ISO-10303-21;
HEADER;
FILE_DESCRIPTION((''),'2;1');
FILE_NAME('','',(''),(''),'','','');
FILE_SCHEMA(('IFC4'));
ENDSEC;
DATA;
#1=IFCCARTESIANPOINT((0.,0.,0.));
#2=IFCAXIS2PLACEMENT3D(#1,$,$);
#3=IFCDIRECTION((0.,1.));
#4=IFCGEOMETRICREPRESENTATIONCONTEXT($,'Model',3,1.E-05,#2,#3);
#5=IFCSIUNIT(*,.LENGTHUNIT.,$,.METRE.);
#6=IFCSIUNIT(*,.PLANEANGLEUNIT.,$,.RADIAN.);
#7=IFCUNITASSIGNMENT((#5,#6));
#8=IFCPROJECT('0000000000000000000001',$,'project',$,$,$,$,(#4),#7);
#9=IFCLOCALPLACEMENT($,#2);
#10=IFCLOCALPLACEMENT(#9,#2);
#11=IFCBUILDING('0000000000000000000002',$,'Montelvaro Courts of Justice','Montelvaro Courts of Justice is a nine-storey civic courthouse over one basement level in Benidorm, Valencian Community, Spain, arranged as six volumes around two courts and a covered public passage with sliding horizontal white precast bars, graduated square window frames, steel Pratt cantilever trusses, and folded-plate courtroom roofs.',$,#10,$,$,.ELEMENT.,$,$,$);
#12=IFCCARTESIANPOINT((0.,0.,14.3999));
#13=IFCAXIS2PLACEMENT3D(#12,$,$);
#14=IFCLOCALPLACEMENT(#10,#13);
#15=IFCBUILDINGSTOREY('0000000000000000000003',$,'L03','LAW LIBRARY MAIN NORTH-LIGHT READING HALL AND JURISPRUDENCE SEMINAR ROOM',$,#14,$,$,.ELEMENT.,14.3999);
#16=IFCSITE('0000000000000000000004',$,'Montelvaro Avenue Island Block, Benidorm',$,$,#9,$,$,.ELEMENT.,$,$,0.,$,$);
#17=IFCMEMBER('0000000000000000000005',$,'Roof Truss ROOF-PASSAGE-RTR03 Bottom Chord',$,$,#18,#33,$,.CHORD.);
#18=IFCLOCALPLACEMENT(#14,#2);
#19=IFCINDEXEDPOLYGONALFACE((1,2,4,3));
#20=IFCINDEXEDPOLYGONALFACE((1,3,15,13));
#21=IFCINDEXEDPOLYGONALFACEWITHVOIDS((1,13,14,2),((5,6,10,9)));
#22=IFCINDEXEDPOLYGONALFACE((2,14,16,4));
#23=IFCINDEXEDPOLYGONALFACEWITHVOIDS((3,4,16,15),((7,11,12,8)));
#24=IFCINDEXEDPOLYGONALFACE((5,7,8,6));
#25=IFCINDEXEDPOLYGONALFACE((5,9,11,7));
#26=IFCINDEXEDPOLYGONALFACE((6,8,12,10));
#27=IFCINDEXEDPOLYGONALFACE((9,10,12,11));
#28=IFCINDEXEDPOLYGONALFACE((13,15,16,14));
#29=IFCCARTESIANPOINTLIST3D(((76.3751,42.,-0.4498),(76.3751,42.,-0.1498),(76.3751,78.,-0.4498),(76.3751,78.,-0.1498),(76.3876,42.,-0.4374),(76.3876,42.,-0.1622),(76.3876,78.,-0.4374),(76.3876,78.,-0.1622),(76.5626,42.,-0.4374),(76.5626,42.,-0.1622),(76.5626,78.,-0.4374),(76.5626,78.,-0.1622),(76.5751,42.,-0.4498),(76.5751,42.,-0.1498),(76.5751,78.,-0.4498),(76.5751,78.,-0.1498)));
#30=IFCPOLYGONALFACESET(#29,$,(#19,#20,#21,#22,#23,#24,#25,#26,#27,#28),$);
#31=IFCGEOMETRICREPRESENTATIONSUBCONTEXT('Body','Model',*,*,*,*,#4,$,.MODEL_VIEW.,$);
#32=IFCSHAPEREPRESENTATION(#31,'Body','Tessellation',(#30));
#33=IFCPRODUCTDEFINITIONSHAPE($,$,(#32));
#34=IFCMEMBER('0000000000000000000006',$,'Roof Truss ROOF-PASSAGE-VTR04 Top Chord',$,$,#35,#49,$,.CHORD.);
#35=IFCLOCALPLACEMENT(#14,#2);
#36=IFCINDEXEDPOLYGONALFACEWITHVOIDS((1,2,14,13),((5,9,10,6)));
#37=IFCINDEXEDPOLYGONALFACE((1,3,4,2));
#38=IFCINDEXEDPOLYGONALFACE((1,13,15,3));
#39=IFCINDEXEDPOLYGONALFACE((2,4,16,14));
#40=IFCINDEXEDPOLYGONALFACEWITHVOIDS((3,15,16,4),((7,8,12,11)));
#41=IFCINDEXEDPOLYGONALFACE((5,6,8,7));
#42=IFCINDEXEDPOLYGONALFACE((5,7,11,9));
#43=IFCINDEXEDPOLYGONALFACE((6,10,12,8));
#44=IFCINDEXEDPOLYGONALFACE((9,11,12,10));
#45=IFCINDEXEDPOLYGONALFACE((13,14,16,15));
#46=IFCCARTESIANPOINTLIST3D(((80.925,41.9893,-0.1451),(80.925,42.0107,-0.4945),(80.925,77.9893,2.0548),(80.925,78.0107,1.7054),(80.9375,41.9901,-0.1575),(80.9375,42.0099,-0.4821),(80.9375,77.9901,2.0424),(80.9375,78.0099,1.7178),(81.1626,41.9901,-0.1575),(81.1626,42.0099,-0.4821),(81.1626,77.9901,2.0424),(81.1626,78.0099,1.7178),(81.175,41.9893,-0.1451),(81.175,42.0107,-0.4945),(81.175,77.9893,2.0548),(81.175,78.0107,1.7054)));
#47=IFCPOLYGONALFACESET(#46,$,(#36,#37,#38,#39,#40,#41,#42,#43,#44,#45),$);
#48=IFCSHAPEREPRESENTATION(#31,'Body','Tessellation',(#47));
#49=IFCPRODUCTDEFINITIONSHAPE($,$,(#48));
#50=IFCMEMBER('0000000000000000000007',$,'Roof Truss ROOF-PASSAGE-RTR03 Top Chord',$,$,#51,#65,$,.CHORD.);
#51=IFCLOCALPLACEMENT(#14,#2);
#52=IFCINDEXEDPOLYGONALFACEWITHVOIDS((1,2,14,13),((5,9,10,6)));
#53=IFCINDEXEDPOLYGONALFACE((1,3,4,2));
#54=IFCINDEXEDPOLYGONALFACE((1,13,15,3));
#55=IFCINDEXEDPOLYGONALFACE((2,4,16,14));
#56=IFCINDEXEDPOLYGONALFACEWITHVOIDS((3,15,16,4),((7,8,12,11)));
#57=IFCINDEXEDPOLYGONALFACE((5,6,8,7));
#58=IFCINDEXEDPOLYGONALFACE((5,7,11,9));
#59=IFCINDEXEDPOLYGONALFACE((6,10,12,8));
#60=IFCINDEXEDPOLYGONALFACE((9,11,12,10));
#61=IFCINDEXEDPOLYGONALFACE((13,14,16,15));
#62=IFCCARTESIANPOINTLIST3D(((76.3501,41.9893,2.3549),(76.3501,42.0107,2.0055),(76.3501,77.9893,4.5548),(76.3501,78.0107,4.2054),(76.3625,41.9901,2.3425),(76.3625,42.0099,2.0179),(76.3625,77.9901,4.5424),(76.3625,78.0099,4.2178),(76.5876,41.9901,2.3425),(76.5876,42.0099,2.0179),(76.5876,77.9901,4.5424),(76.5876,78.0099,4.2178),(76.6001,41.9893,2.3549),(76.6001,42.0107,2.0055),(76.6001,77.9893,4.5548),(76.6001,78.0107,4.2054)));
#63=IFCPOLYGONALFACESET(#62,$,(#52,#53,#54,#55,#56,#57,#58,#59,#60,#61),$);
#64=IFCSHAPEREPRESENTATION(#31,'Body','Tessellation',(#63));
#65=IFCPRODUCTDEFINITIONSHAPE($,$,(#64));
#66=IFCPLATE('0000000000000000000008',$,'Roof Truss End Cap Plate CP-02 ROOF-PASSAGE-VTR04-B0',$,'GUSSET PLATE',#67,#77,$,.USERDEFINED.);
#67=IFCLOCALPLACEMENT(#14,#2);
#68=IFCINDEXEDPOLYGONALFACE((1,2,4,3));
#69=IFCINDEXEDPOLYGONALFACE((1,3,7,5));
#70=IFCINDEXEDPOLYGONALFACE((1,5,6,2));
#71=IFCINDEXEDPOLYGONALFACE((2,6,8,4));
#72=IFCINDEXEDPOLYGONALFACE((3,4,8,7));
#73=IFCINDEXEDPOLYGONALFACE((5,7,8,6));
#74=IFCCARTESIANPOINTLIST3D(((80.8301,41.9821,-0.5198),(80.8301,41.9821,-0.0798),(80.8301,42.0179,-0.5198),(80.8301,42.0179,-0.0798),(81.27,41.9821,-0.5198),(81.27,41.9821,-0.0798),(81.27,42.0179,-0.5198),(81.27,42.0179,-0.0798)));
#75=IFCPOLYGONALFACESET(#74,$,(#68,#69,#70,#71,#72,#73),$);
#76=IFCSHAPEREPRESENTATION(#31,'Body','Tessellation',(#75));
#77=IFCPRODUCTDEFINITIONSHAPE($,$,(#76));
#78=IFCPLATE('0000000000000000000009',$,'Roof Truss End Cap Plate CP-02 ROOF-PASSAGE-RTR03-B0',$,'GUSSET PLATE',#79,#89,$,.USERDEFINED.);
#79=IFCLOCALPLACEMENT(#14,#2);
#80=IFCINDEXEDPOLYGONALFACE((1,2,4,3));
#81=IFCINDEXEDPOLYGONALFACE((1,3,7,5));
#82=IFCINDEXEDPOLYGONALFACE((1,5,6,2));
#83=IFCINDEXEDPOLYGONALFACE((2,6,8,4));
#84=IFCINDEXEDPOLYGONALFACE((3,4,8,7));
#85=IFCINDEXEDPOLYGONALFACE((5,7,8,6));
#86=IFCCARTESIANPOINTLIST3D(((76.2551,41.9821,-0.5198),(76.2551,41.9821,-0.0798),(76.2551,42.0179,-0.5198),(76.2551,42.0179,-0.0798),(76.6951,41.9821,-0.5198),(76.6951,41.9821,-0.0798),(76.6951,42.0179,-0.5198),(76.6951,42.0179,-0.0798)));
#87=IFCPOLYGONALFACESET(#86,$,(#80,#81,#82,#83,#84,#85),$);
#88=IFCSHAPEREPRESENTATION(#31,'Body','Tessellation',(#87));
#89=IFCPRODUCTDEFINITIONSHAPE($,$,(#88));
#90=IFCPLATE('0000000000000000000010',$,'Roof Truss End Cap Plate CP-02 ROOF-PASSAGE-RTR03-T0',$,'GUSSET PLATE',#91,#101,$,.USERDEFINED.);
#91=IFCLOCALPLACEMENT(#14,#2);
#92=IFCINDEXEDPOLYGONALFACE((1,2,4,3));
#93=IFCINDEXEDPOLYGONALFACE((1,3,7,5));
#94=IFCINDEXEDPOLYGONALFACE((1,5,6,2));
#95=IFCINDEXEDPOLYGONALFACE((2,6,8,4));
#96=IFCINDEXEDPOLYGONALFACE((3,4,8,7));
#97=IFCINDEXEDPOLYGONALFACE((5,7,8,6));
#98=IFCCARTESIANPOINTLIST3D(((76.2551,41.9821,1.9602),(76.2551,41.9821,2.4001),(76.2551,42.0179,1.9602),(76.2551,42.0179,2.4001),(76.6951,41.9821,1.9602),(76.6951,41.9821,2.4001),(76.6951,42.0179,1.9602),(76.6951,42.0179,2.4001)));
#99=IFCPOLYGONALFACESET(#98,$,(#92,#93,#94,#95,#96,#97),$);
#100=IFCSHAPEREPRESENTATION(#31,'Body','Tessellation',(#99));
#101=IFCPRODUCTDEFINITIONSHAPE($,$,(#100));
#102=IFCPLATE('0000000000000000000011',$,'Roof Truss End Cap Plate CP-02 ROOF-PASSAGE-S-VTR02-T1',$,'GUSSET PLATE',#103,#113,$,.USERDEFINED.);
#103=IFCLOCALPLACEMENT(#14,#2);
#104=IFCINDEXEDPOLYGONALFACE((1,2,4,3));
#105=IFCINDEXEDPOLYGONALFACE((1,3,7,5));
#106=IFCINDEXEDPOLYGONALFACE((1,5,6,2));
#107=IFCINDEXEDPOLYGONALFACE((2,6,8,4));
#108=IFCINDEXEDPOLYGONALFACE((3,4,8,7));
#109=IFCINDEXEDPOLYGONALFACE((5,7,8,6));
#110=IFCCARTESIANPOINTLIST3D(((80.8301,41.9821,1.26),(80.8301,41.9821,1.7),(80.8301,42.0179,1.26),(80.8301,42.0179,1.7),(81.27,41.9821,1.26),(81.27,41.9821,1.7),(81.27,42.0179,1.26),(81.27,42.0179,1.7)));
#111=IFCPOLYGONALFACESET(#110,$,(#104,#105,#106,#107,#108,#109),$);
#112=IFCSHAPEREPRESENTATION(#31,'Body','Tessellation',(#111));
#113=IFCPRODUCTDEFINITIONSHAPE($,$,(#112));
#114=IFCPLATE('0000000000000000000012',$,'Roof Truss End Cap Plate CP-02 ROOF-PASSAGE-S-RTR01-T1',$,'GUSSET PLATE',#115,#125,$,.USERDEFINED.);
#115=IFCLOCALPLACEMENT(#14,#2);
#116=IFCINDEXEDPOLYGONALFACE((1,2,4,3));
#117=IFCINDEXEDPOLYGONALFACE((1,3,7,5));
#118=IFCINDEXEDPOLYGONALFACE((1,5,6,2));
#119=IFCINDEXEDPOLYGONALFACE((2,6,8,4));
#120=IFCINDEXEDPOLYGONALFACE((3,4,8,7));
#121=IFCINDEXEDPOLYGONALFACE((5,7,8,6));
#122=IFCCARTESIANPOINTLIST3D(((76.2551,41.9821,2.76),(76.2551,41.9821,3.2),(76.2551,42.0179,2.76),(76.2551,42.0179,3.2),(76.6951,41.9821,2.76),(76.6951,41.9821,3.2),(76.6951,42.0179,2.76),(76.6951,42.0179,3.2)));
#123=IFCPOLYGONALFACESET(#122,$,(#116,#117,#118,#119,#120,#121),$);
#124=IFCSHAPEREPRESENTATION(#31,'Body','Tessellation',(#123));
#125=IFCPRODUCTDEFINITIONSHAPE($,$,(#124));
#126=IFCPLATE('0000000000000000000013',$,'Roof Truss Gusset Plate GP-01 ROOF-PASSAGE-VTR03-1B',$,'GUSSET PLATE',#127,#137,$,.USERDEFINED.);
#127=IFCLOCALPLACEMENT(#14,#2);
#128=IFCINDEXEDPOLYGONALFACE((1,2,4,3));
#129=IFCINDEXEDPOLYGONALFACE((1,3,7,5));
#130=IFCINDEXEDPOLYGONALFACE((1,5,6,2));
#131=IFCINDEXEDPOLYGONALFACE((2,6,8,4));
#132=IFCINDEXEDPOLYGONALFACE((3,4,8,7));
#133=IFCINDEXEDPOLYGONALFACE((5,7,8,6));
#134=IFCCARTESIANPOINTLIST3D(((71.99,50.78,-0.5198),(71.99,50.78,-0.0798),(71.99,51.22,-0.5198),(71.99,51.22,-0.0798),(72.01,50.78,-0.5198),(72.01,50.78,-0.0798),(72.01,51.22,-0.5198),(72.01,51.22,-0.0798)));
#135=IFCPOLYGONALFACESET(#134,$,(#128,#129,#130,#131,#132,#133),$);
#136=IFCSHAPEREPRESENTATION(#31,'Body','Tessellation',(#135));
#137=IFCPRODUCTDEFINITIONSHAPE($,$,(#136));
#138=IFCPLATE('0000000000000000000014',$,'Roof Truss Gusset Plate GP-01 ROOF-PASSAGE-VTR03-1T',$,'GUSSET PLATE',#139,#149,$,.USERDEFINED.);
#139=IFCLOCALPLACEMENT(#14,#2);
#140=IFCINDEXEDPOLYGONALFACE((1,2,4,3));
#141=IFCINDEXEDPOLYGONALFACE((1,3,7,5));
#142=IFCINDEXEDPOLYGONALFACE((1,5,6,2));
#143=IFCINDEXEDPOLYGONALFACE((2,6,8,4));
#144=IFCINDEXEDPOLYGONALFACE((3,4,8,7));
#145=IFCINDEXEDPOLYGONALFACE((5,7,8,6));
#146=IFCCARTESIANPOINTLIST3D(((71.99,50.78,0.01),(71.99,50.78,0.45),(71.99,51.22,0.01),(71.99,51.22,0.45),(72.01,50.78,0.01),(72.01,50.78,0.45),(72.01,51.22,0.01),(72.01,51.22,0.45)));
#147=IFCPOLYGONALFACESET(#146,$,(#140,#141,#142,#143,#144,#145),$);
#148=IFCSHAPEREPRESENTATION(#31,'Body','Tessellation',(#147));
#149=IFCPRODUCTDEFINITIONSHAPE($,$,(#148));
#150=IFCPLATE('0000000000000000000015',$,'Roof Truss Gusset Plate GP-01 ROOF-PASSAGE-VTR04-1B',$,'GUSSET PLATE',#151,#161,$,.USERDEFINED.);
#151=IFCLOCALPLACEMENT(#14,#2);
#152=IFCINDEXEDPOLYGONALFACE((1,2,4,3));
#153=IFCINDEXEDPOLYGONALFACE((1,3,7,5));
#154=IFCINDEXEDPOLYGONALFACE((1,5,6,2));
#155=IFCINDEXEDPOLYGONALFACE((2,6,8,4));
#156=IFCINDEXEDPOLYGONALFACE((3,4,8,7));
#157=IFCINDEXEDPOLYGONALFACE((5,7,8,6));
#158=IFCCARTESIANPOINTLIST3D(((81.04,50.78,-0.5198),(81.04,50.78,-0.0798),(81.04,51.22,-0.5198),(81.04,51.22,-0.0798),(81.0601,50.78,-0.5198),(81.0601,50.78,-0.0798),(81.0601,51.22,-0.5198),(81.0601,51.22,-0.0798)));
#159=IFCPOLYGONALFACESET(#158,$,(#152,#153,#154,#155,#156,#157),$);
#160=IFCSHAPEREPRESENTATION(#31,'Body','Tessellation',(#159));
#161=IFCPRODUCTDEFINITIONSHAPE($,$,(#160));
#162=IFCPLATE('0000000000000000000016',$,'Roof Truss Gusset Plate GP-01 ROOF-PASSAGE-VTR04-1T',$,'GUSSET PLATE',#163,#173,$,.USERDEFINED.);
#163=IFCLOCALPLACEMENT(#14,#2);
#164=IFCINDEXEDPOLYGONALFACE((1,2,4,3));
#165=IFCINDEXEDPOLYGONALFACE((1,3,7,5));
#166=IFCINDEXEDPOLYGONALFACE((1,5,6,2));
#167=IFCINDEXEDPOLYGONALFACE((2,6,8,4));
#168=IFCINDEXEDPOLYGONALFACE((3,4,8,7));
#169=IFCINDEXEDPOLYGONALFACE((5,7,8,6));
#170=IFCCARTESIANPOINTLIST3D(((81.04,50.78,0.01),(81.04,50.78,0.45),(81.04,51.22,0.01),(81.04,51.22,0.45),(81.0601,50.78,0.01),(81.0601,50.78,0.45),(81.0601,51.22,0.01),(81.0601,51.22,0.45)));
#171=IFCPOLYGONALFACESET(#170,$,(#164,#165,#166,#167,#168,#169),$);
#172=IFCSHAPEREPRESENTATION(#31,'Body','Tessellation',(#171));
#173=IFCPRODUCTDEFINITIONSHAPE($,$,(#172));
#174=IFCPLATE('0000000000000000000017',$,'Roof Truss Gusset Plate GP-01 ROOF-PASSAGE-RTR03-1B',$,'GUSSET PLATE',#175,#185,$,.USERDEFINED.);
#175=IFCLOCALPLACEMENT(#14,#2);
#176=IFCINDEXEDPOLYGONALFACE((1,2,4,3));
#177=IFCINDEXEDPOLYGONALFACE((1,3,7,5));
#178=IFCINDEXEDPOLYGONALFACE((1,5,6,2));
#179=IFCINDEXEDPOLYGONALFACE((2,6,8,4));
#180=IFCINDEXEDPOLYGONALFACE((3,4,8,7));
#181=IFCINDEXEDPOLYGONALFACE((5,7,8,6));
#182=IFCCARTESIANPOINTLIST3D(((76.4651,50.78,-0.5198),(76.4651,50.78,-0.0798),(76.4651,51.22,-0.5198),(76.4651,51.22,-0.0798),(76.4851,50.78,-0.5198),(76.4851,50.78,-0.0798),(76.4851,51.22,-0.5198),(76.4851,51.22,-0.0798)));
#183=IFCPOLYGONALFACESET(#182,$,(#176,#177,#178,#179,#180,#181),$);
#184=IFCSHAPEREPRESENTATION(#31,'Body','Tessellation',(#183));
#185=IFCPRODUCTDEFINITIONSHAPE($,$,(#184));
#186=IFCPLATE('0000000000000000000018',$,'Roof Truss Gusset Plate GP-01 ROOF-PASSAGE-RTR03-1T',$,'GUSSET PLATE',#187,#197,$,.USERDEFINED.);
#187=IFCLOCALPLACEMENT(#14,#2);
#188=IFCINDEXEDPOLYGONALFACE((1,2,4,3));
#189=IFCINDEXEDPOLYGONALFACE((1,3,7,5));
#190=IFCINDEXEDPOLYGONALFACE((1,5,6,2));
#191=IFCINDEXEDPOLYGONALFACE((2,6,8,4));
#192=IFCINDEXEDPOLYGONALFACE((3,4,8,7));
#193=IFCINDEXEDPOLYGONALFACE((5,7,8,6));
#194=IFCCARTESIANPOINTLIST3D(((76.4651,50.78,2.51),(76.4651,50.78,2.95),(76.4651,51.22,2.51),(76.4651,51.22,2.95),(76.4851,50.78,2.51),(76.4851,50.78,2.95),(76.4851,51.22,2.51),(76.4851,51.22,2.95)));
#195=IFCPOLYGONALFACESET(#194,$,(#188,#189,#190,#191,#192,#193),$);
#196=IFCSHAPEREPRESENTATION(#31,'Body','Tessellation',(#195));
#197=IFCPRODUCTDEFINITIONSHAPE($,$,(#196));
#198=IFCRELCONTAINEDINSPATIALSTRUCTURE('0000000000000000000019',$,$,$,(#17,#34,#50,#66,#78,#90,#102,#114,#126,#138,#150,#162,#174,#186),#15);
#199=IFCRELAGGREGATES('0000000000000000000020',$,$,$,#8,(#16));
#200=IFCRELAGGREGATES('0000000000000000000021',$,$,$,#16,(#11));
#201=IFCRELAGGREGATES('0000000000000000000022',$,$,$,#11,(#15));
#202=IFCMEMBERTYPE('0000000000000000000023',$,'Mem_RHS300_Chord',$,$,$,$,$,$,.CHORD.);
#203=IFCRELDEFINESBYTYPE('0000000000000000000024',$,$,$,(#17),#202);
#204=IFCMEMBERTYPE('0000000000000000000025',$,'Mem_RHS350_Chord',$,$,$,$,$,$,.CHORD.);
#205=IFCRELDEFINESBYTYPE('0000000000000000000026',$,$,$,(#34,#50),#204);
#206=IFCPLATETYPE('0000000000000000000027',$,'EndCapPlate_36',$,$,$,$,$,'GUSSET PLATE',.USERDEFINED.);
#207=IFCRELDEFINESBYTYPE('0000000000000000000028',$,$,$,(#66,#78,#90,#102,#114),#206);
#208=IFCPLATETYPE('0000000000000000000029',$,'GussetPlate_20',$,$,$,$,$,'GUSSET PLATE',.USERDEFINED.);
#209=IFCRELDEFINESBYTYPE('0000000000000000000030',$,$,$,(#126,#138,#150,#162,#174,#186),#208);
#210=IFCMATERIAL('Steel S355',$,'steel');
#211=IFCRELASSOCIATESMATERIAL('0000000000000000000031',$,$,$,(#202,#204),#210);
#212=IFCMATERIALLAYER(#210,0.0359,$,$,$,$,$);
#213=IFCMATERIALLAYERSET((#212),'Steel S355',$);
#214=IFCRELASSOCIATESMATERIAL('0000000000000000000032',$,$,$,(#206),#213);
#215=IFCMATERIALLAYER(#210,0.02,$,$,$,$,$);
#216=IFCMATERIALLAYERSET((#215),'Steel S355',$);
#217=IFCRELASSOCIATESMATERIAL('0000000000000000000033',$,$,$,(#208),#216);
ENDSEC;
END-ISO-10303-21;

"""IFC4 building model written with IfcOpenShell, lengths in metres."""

from ifc_helpers import new_model, si_unit, direction, frame, origin, origin_2d, place, context, subcontext, project, spatial, rectangle, hollow_rectangle, extrude, material, layer, layer_set, material_profile, profile_set, type_object, element, save


model = new_model("IFC4")

# Units and contexts
model_context = context("Model", 3, precision=1e-05, world=origin(), true_north=direction((0.0, 1.0)))
body_context = subcontext(model_context, "Body", "Model", "MODEL_VIEW")
ifc_project = project(units=[si_unit("LENGTHUNIT", "METRE"), si_unit("PLANEANGLEUNIT", "RADIAN")], contexts=[model_context])

# Site, building, storey
site_placement = place(None, origin())
site = spatial("IfcSite", under=ifc_project, at=site_placement, Name="Montelvaro Avenue Island Block, Benidorm", CompositionType="ELEMENT", RefElevation=0.0)
building_placement = place(site_placement, origin())
building = spatial("IfcBuilding", under=site, at=building_placement, Name="Montelvaro Courts of Justice", Description="Montelvaro Courts of Justice is a nine-storey civic courthouse over one basement level in Benidorm, Valencian Community, Spain, arranged as six volumes around two courts and a covered public passage with sliding horizontal white precast bars, graduated square window frames, steel Pratt cantilever trusses, and folded-plate courtroom roofs.", CompositionType="ELEMENT")
storey_placement = place(building_placement, frame((0.0, 0.0, 14.3999)))
storey = spatial("IfcBuildingStorey", under=building, at=storey_placement, Name="L03", Description="LAW LIBRARY MAIN NORTH-LIGHT READING HALL AND JURISPRUDENCE SEMINAR ROOM", CompositionType="ELEMENT", Elevation=14.3999)

# Members
ifc_material_1 = material(Name="Steel S355", Category="steel")
ifc_material_profile_1 = material_profile(ifc_material_1, hollow_rectangle(XDim=0.2, YDim=0.3, WallThickness=0.0125, at=origin_2d()), Name="RHS 300x200x12.5")
ifc_profile_set_1 = profile_set([ifc_material_profile_1], Name="Steel S355")
member_type_1 = type_object("IfcMemberType", Name="Mem_RHS300_Chord", PredefinedType="CHORD", material=ifc_profile_set_1)
for number, where, z_axis, x_axis, name in (
    (1, (76.4751, 42.0, -0.2998), (0.0, 1.0, 0.0), (-1.0, 0.0, 0.0), "Roof Truss ROOF-PASSAGE-RTR03 Bottom Chord"),
):
    element("IfcMember", number, at=place(storey_placement, frame(where, z_axis=z_axis, x_axis=x_axis)), inside=storey, type_object=member_type_1, Name=name, PredefinedType="CHORD", context=body_context, shape_type="SweptSolid", body=[
        extrude(hollow_rectangle(XDim=0.2, YDim=0.3, WallThickness=0.0125, at=origin_2d()), origin(), (0.0, 0.0, 1.0), 36.0),
    ])
ifc_material_profile_2 = material_profile(ifc_material_1, hollow_rectangle(XDim=0.25, YDim=0.3501, WallThickness=0.0125, at=origin_2d()), Name="RHS 350x250x12.5")
ifc_profile_set_2 = profile_set([ifc_material_profile_2], Name="Steel S355")
member_type_2 = type_object("IfcMemberType", Name="Mem_RHS350_Chord", PredefinedType="CHORD", material=ifc_profile_set_2)
for number, where, z_axis, x_axis, name in (
    (2, (81.05, 42.0, -0.3198), (0.0, 0.998138, 0.060996), (-1.0, 0.0, 0.0), "Roof Truss ROOF-PASSAGE-VTR04 Top Chord"),
    (3, (76.4751, 42.0, 2.1802), (0.0, 0.998138, 0.060996), (-1.0, 0.0, 0.0), "Roof Truss ROOF-PASSAGE-RTR03 Top Chord"),
):
    element("IfcMember", number, at=place(storey_placement, frame(where, z_axis=z_axis, x_axis=x_axis)), inside=storey, type_object=member_type_2, Name=name, PredefinedType="CHORD", context=body_context, shape_type="SweptSolid", body=[
        extrude(hollow_rectangle(XDim=0.25, YDim=0.3501, WallThickness=0.0125, at=origin_2d()), origin(), (0.0, 0.0, 1.0), 36.0671),
    ])

# Plates
ifc_layer_1 = layer(ifc_material_1, 0.0359)
ifc_layer_set_1 = layer_set([ifc_layer_1], Name="Steel S355")
plate_type_1 = type_object("IfcPlateType", Name="EndCapPlate_36", ElementType="GUSSET PLATE", PredefinedType="USERDEFINED", material=ifc_layer_set_1)
for number, where, z_axis, x_axis, name in (
    (4, (81.05, 42.0, -0.5198), (0.0, 0.0, 1.0), (1.0, 0.0, 0.0), "Roof Truss End Cap Plate CP-02 ROOF-PASSAGE-VTR04-B0"),
    (5, (76.4751, 42.0, -0.5198), (0.0, 0.0, 1.0), (1.0, 0.0, 0.0), "Roof Truss End Cap Plate CP-02 ROOF-PASSAGE-RTR03-B0"),
    (6, (76.4751, 42.0, 1.9602), (0.0, 0.0, 1.0), (1.0, 0.0, 0.0), "Roof Truss End Cap Plate CP-02 ROOF-PASSAGE-RTR03-T0"),
    (7, (81.05, 42.0, 1.26), (0.0, 0.0, 1.0), (1.0, 0.0, 0.0), "Roof Truss End Cap Plate CP-02 ROOF-PASSAGE-S-VTR02-T1"),
    (8, (76.4751, 42.0, 2.76), (0.0, 0.0, 1.0), (1.0, 0.0, 0.0), "Roof Truss End Cap Plate CP-02 ROOF-PASSAGE-S-RTR01-T1"),
):
    element("IfcPlate", number, at=place(storey_placement, frame(where, z_axis=z_axis, x_axis=x_axis)), inside=storey, type_object=plate_type_1, Name=name, ObjectType="GUSSET PLATE", PredefinedType="USERDEFINED", context=body_context, shape_type="SweptSolid", body=[
        extrude(rectangle(XDim=0.4399, YDim=0.0359, at=origin_2d()), origin(), (0.0, 0.0, 1.0), 0.4399),
    ])
ifc_layer_2 = layer(ifc_material_1, 0.02)
ifc_layer_set_2 = layer_set([ifc_layer_2], Name="Steel S355")
plate_type_2 = type_object("IfcPlateType", Name="GussetPlate_20", ElementType="GUSSET PLATE", PredefinedType="USERDEFINED", material=ifc_layer_set_2)
for number, where, z_axis, x_axis, name in (
    (9, (72.0, 51.0, -0.5198), (0.0, 0.0, 1.0), (1.0, 0.0, 0.0), "Roof Truss Gusset Plate GP-01 ROOF-PASSAGE-VTR03-1B"),
    (10, (72.0, 51.0, 0.01), (0.0, 0.0, 1.0), (1.0, 0.0, 0.0), "Roof Truss Gusset Plate GP-01 ROOF-PASSAGE-VTR03-1T"),
    (11, (81.05, 51.0, -0.5198), (0.0, 0.0, 1.0), (1.0, 0.0, 0.0), "Roof Truss Gusset Plate GP-01 ROOF-PASSAGE-VTR04-1B"),
    (12, (81.05, 51.0, 0.01), (0.0, 0.0, 1.0), (1.0, 0.0, 0.0), "Roof Truss Gusset Plate GP-01 ROOF-PASSAGE-VTR04-1T"),
    (13, (76.4751, 51.0, -0.5198), (0.0, 0.0, 1.0), (1.0, 0.0, 0.0), "Roof Truss Gusset Plate GP-01 ROOF-PASSAGE-RTR03-1B"),
    (14, (76.4751, 51.0, 2.51), (0.0, 0.0, 1.0), (1.0, 0.0, 0.0), "Roof Truss Gusset Plate GP-01 ROOF-PASSAGE-RTR03-1T"),
):
    element("IfcPlate", number, at=place(storey_placement, frame(where, z_axis=z_axis, x_axis=x_axis)), inside=storey, type_object=plate_type_2, Name=name, ObjectType="GUSSET PLATE", PredefinedType="USERDEFINED", context=body_context, shape_type="SweptSolid", body=[
        extrude(rectangle(XDim=0.02, YDim=0.4399, at=origin_2d()), origin(), (0.0, 0.0, 1.0), 0.4399),
    ])

save(model, "model.ifc")
